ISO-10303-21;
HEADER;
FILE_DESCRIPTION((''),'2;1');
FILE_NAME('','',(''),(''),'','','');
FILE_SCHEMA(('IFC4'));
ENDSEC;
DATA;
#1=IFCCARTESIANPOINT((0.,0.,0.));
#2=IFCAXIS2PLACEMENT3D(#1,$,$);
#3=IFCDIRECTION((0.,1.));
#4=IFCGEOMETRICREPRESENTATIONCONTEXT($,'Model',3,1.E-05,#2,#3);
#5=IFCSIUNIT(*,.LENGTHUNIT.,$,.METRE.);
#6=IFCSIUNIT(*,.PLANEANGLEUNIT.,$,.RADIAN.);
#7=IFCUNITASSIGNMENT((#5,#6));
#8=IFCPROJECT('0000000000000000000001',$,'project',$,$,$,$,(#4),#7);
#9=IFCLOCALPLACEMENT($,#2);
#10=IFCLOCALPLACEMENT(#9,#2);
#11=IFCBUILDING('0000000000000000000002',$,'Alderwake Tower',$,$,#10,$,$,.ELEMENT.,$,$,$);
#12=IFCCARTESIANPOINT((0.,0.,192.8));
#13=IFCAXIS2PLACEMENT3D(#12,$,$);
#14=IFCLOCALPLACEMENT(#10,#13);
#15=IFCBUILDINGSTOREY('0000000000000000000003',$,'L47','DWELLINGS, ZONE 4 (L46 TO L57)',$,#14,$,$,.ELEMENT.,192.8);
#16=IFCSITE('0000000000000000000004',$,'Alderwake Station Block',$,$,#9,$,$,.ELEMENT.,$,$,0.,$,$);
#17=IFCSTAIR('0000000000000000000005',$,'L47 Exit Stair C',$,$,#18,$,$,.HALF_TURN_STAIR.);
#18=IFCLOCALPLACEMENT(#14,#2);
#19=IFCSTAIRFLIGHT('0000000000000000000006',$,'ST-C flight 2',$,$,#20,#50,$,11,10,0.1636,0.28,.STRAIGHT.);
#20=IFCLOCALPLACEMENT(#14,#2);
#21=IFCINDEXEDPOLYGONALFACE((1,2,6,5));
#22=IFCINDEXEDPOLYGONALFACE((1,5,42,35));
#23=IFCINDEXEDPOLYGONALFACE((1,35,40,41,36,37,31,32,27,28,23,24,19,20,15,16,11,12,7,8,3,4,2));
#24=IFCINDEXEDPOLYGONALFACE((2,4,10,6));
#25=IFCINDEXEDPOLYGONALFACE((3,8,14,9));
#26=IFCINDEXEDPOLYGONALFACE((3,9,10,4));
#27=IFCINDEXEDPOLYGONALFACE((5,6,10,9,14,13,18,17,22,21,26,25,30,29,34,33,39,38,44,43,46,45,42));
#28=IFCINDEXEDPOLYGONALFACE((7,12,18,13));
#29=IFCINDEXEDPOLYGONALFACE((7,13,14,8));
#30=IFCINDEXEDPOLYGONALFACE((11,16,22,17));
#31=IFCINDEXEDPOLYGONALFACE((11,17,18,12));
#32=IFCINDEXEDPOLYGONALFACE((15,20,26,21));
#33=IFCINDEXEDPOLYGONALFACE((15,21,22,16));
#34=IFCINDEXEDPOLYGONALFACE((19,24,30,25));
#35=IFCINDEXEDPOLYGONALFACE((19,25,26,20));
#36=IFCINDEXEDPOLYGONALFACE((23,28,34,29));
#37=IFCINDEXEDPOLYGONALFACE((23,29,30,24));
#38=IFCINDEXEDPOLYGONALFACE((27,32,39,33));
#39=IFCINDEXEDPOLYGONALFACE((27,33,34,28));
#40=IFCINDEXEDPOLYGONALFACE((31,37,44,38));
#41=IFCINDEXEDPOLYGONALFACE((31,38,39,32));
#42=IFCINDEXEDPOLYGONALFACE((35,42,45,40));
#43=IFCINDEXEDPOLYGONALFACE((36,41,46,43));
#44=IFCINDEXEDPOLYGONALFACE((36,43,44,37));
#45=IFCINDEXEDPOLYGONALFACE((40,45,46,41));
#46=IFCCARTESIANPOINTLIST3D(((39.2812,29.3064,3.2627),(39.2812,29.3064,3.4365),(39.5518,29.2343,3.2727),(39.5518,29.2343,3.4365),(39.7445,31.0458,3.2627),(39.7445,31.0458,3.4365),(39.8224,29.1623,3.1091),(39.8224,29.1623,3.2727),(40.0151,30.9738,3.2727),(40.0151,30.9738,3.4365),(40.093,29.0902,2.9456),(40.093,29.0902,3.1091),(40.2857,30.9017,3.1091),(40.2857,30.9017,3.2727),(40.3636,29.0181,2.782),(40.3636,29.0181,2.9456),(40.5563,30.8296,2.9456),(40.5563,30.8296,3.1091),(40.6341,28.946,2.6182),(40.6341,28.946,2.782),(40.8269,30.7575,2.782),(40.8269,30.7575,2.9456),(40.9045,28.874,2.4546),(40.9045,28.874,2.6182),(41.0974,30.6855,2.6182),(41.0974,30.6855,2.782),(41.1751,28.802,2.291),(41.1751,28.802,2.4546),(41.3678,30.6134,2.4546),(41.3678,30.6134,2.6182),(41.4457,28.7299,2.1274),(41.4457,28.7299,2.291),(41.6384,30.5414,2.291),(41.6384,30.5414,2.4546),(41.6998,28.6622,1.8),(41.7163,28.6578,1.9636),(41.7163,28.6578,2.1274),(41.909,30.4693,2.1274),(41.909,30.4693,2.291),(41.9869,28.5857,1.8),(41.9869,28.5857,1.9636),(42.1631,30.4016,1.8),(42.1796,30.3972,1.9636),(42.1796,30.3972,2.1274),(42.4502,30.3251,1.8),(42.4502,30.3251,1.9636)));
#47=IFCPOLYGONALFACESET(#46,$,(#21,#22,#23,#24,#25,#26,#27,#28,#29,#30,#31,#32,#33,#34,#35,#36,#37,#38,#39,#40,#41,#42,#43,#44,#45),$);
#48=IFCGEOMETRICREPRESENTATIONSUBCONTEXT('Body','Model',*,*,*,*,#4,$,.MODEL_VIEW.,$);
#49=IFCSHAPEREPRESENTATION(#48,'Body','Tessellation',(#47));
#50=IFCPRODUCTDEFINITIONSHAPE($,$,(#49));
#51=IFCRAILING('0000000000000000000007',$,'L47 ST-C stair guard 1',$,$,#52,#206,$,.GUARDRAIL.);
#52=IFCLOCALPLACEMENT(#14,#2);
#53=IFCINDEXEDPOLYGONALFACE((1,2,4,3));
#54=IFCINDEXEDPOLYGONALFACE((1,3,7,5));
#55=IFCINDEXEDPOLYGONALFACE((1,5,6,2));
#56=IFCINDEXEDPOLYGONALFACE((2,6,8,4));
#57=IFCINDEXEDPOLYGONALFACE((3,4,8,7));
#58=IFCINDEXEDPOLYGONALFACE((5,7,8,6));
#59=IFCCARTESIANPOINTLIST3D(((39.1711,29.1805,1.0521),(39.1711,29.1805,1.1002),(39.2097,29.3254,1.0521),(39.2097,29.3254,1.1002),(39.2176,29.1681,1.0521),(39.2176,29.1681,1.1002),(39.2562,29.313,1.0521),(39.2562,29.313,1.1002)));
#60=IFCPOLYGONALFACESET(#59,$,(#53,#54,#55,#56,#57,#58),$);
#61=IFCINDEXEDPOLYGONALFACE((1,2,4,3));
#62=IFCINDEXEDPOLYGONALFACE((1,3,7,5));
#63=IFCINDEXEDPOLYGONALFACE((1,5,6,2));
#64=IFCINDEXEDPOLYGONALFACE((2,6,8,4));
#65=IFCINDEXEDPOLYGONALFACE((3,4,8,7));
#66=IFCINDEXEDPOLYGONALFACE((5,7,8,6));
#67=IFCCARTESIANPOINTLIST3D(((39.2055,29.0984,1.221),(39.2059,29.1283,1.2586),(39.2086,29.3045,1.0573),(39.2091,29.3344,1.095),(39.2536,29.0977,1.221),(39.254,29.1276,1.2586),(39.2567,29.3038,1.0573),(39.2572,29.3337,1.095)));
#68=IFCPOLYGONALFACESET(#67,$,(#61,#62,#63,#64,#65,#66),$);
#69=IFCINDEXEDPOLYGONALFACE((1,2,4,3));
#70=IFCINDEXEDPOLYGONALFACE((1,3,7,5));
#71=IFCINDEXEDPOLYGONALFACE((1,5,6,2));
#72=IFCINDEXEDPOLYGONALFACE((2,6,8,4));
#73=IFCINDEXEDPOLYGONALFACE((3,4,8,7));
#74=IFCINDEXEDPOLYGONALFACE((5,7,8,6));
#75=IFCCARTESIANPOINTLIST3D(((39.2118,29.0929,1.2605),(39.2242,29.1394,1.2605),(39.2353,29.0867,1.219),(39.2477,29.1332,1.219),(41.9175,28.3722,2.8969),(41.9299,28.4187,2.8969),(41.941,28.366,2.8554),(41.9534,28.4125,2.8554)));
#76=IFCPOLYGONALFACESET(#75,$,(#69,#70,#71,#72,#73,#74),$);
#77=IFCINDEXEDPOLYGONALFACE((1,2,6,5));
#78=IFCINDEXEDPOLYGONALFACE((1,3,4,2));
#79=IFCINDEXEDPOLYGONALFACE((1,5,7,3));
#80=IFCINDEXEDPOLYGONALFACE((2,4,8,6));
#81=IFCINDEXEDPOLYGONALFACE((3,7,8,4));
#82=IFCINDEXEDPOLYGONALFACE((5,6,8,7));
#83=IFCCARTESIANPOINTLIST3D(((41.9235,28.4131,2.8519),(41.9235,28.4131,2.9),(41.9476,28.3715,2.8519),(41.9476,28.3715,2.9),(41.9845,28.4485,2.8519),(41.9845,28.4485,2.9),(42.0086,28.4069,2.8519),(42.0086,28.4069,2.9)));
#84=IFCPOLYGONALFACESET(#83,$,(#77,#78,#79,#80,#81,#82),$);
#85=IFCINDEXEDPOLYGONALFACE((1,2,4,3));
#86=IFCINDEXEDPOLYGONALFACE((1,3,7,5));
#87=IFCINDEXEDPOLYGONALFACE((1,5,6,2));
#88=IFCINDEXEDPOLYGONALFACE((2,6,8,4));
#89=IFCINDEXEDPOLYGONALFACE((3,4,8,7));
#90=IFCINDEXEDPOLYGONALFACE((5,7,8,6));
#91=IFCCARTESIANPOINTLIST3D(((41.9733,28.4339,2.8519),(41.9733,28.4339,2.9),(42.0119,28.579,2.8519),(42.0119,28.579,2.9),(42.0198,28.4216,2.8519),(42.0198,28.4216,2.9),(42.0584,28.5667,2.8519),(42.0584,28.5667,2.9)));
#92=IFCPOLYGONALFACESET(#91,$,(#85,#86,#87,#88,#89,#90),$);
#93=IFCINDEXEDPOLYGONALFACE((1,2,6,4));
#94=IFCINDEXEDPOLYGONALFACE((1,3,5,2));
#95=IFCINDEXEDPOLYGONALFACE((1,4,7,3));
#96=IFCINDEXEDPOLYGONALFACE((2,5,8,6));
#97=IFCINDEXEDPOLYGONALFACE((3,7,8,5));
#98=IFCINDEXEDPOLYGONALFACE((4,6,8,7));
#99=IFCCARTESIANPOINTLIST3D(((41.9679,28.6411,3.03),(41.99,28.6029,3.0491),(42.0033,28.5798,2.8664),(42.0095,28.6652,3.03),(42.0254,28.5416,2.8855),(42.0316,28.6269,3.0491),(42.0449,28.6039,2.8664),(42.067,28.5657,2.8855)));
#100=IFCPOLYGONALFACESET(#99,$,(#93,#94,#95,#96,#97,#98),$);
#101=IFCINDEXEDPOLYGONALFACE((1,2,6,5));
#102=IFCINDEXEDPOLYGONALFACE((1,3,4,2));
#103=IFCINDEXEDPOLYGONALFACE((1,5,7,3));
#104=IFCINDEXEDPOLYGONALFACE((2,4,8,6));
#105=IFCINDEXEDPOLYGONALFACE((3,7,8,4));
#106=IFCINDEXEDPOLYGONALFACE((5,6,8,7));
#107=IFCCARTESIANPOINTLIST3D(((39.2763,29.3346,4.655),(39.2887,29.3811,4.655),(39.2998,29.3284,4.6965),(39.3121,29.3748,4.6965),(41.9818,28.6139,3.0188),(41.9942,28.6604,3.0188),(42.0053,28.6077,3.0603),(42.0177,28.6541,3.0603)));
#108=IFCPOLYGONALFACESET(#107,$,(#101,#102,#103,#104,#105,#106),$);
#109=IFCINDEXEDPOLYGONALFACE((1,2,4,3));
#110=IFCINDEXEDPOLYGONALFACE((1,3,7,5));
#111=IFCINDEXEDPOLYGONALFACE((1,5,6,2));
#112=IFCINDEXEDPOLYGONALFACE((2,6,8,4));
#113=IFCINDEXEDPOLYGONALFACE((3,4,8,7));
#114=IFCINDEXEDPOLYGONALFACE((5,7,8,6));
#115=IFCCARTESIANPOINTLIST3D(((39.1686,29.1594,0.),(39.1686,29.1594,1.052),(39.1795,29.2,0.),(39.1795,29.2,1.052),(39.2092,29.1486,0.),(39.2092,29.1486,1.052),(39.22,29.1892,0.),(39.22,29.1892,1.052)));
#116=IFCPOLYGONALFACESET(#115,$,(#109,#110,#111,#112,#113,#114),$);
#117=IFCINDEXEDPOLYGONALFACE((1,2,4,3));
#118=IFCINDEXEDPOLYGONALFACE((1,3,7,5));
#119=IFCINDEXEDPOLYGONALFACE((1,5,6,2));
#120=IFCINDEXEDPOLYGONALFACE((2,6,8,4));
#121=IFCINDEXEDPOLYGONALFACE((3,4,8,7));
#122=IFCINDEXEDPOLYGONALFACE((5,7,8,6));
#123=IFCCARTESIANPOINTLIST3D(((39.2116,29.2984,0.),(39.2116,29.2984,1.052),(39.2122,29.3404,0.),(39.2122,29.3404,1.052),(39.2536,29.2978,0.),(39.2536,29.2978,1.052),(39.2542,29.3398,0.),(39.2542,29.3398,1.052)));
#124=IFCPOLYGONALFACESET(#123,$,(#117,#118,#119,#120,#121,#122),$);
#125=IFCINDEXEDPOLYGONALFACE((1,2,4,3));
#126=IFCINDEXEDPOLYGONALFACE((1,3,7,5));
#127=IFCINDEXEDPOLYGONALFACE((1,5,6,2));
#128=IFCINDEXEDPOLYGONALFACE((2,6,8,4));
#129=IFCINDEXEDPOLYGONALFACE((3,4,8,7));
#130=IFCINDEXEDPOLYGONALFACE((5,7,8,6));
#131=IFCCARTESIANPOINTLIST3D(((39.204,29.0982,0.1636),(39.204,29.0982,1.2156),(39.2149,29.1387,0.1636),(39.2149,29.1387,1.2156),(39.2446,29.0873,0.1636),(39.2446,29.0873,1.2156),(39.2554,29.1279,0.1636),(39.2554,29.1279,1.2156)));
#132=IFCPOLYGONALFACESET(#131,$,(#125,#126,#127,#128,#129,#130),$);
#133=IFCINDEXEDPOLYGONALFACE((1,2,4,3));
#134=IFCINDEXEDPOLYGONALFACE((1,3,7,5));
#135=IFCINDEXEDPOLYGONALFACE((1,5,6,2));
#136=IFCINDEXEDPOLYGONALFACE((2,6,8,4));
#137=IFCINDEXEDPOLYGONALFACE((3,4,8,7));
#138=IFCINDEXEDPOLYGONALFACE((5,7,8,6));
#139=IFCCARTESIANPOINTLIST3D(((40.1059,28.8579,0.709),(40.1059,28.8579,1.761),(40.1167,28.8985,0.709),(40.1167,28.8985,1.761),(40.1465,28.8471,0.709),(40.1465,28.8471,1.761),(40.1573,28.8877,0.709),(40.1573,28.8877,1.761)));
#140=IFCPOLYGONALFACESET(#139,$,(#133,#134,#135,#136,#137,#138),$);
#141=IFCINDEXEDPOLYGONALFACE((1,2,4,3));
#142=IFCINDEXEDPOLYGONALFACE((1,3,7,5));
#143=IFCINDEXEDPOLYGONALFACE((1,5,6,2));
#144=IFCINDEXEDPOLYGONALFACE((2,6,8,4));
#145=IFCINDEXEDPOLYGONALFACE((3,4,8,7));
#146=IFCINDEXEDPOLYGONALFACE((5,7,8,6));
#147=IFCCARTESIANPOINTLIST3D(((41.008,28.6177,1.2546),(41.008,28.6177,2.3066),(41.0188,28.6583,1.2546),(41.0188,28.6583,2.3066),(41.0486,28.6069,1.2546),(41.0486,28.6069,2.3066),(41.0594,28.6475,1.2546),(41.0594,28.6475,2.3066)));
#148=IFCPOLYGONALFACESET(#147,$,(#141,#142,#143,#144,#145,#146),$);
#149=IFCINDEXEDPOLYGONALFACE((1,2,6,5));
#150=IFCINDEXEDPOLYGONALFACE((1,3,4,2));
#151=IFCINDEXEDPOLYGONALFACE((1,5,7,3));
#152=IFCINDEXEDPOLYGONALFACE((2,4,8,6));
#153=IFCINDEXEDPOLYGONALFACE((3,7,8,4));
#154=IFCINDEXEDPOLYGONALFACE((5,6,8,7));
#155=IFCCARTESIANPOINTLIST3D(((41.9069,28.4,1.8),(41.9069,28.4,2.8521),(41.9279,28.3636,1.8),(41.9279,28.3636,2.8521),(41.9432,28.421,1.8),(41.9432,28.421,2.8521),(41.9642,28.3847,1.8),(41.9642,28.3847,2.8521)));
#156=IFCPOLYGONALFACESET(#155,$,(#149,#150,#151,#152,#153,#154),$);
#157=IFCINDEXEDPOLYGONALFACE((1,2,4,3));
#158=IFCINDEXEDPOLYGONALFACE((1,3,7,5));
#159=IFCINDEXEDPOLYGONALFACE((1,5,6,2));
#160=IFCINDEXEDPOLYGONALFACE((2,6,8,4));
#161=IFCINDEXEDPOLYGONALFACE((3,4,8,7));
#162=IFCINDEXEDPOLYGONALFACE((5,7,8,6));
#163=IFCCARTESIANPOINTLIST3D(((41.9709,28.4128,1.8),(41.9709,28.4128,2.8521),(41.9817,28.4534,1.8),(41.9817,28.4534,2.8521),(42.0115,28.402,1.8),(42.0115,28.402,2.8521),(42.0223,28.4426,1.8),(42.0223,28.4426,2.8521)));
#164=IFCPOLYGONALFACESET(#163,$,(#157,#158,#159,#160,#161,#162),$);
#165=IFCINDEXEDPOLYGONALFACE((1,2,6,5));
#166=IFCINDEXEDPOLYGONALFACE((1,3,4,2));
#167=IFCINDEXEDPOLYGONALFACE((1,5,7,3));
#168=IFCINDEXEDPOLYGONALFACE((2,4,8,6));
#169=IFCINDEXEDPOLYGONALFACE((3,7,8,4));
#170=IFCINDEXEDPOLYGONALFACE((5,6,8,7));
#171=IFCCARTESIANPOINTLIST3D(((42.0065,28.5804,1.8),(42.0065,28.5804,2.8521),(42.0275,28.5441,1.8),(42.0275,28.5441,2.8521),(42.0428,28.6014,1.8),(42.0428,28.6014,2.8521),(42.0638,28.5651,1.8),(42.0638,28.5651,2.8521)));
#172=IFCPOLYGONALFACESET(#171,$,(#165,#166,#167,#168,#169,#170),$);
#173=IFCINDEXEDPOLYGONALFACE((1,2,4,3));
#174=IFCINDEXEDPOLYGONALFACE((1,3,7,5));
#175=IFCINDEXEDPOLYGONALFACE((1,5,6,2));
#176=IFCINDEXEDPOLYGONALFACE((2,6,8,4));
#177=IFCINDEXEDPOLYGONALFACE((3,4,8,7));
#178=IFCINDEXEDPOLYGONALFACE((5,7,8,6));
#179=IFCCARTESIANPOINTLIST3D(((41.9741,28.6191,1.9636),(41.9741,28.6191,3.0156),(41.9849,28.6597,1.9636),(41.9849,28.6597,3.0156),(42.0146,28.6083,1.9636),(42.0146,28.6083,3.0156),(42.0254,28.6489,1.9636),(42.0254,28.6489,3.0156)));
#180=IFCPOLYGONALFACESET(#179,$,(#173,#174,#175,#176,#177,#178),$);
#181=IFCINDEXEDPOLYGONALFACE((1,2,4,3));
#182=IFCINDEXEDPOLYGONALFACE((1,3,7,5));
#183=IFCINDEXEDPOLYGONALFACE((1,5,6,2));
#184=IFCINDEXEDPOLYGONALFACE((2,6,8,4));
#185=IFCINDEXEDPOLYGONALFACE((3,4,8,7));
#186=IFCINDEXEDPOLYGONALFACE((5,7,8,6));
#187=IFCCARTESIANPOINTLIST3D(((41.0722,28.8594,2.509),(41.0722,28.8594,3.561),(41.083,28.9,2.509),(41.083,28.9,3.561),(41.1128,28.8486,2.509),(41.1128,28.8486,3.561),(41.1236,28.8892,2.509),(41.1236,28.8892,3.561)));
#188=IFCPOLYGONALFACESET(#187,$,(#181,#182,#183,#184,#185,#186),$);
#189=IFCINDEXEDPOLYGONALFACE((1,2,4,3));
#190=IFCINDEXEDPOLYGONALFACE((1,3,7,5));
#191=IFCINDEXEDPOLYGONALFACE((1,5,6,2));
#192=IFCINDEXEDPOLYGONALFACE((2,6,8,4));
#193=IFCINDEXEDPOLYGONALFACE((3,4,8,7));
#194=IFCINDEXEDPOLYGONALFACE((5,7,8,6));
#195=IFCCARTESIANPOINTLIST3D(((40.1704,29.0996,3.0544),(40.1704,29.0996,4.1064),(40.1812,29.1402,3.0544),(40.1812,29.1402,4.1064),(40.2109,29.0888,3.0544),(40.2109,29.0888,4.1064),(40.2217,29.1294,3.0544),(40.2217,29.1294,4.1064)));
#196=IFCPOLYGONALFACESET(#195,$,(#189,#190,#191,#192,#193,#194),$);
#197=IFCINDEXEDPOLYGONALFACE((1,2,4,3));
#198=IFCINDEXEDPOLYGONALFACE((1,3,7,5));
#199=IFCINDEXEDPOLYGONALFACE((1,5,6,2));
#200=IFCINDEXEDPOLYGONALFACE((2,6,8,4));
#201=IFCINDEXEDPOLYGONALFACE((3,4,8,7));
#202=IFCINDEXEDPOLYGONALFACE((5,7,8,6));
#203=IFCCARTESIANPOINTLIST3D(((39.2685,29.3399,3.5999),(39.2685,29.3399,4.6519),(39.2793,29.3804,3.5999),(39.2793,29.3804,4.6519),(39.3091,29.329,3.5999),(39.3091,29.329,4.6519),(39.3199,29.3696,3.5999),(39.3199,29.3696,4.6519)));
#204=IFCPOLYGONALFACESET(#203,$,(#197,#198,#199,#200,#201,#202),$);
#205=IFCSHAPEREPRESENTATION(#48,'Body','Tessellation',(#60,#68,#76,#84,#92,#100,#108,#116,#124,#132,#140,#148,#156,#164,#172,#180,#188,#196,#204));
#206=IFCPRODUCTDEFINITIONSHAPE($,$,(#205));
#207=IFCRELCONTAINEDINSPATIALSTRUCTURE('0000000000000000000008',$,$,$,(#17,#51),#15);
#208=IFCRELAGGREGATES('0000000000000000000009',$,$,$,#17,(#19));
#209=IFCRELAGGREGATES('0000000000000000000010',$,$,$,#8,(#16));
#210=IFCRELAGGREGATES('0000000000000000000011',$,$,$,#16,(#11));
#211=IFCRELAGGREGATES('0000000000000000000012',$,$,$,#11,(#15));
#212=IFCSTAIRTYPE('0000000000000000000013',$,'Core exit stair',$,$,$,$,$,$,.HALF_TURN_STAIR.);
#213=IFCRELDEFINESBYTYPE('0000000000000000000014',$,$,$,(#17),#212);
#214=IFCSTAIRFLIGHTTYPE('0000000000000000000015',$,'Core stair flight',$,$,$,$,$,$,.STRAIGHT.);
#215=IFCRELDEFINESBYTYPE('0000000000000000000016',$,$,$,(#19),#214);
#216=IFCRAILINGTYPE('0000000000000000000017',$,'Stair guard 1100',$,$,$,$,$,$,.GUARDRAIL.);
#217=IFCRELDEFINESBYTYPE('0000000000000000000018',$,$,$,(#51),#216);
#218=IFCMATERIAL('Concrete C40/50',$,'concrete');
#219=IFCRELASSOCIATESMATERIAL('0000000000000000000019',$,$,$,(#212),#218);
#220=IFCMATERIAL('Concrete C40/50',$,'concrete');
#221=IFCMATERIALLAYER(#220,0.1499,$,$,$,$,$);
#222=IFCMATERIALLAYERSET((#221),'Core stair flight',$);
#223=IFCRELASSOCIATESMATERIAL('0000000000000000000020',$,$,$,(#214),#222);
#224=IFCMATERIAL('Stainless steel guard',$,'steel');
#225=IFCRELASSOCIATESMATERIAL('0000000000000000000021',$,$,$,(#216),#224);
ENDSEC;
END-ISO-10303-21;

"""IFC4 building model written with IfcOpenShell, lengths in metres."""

from ifc_helpers import new_model, si_unit, direction, frame, origin, origin_2d, place, context, subcontext, project, spatial, polyline, rectangle, outline, extrude, material, layer, layer_set, type_object, element, aggregate, save


model = new_model("IFC4")

# Units and contexts
model_context = context("Model", 3, precision=1e-05, world=origin(), true_north=direction((0.0, 1.0)))
body_context = subcontext(model_context, "Body", "Model", "MODEL_VIEW")
ifc_project = project(units=[si_unit("LENGTHUNIT", "METRE"), si_unit("PLANEANGLEUNIT", "RADIAN")], contexts=[model_context])

# Site, building, storey
site_placement = place(None, origin())
site = spatial("IfcSite", under=ifc_project, at=site_placement, Name="Alderwake Station Block", CompositionType="ELEMENT", RefElevation=0.0)
building_placement = place(site_placement, origin())
building = spatial("IfcBuilding", under=site, at=building_placement, Name="Alderwake Tower", CompositionType="ELEMENT")
storey_placement = place(building_placement, frame((0.0, 0.0, 192.8)))
storey = spatial("IfcBuildingStorey", under=building, at=storey_placement, Name="L47", Description="DWELLINGS, ZONE 4 (L46 TO L57)", CompositionType="ELEMENT", Elevation=192.8)

# Stair, stair flight
ifc_material_1 = material(Name="Concrete C40/50", Category="concrete")
stair_type = type_object("IfcStairType", Name="Core exit stair", PredefinedType="HALF_TURN_STAIR", material=ifc_material_1)
stair_placement = place(storey_placement, origin())
stair = element("IfcStair", 1, at=stair_placement, inside=storey, type_object=stair_type, Name="L47 Exit Stair C", PredefinedType="HALF_TURN_STAIR")
ifc_material_2 = material(Name="Concrete C40/50", Category="concrete")
ifc_layer_1 = layer(ifc_material_2, 0.1499)
ifc_layer_set_1 = layer_set([ifc_layer_1], Name="Core stair flight")
stair_flight_type = type_object("IfcStairFlightType", Name="Core stair flight", PredefinedType="STRAIGHT", material=ifc_layer_set_1)
stair_flight_1_placement = place(storey_placement, frame((42.2185, 29.4553, 1.8), z_axis=(0.0, 0.0, 1.0), x_axis=(-0.96631, 0.257382, 0.0)))
stair_flight_1 = element("IfcStairFlight", 2, at=stair_flight_1_placement, type_object=stair_flight_type, Name="ST-C flight 2", NumberOfRisers=11, NumberOfTreads=10, PredefinedType="STRAIGHT", RiserHeight=0.1636, TreadLength=0.28, context=body_context, shape_type="SweptSolid", body=[
    extrude(outline(polyline([(0.0, 0.0), (0.0, 0.1636), (0.28, 0.1636), (0.28, 0.3274), (0.5601, 0.3274), (0.5601, 0.491), (0.8401, 0.491), (0.8401, 0.6545), (1.1201, 0.6545), (1.1201, 0.8181), (1.3999, 0.8181), (1.3999, 0.9819), (1.6799, 0.9819), (1.6799, 1.1455), (1.96, 1.1455), (1.96, 1.3091), (2.24, 1.3091), (2.24, 1.4727), (2.52, 1.4727), (2.52, 1.6365), (2.8, 1.6365), (2.8, 1.8), (2.8, 1.4626), (0.2971, 0.0), (0.0, 0.0)])), frame((0.0, 0.8999, 0.0), z_axis=(0.0, -1.0, 0.0), x_axis=(1.0, 0.0, 0.0)), (0.0, 0.0, 1.0), 1.8),
])
aggregate(stair, [stair_flight_1])

# Railing
ifc_material_3 = material(Name="Stainless steel guard", Category="steel")
railing_type_1 = type_object("IfcRailingType", Name="Stair guard 1100", PredefinedType="GUARDRAIL", material=ifc_material_3)
railing_1_placement = place(storey_placement, frame((39.1943, 29.1743, 0.0)))
element("IfcRailing", 3, at=railing_1_placement, inside=storey, type_object=railing_type_1, Name="L47 ST-C stair guard 1", PredefinedType="GUARDRAIL", context=body_context, shape_type="SweptSolid", body=[
    extrude(rectangle(XDim=0.0481, YDim=0.0481, at=origin_2d()), frame((0.0, 0.0, 1.0762), z_axis=(0.25746, 0.966289, 0.0), x_axis=(-0.966289, 0.25746, 0.0)), (0.0, 0.0, 1.0), 0.1499),
    extrude(rectangle(XDim=0.0481, YDim=0.0481, at=origin_2d()), frame((0.0386, 0.1448, 1.0762), z_axis=(-0.012063, -0.78316, 0.621703), x_axis=(0.999881, -0.015401, 0.0)), (0.0, 0.0, 1.0), 0.2632),
    extrude(rectangle(XDim=0.0481, YDim=0.0481, at=origin_2d()), frame((0.0354, -0.0613, 1.2397), z_axis=(0.834282, -0.222214, 0.504574), x_axis=(0.25738, 0.96631, 0.0)), (0.0, 0.0, 1.0), 3.2432),
    extrude(rectangle(XDim=0.0481, YDim=0.0481, at=origin_2d()), frame((2.7412, -0.782, 2.876), z_axis=(0.865031, 0.501718, 0.0), x_axis=(-0.501718, 0.865031, 0.0)), (0.0, 0.0, 1.0), 0.0706),
    extrude(rectangle(XDim=0.0481, YDim=0.0481, at=origin_2d()), frame((2.8022, -0.7466, 2.876), z_axis=(0.257055, 0.966397, 0.0), x_axis=(-0.966397, 0.257055, 0.0)), (0.0, 0.0, 1.0), 0.1501),
    extrude(rectangle(XDim=0.0481, YDim=0.0481, at=origin_2d()), frame((2.8408, -0.6016, 2.876), z_axis=(-0.198625, 0.343827, 0.917786), x_axis=(-0.865898, -0.50022, 0.0)), (0.0, 0.0, 1.0), 0.1782),
    extrude(rectangle(XDim=0.0481, YDim=0.0481, at=origin_2d()), frame((2.8054, -0.5403, 3.0396), z_axis=(-0.834291, 0.222237, 0.504549), x_axis=(-0.257402, -0.966304, 0.0)), (0.0, 0.0, 1.0), 3.2429),
    extrude(rectangle(XDim=0.042, YDim=0.042, at=origin_2d()), frame((0.0, 0.0, 0.0), z_axis=(0.0, 0.0, 1.0), x_axis=(0.25746, 0.966289, 0.0)), (0.0, 0.0, 1.0), 1.052),
    extrude(rectangle(XDim=0.042, YDim=0.042, at=origin_2d()), frame((0.0386, 0.1448, 0.0), z_axis=(0.0, 0.0, 1.0), x_axis=(-0.015401, -0.999881, 0.0)), (0.0, 0.0, 1.0), 1.052),
    extrude(rectangle(XDim=0.042, YDim=0.042, at=origin_2d()), frame((0.0354, -0.0613, 0.1636), z_axis=(0.0, 0.0, 1.0), x_axis=(0.96631, -0.25738, 0.0)), (0.0, 0.0, 1.0), 1.052),
    extrude(rectangle(XDim=0.042, YDim=0.042, at=origin_2d()), frame((0.9373, -0.3015, 0.709), z_axis=(0.0, 0.0, 1.0), x_axis=(0.96631, -0.25738, 0.0)), (0.0, 0.0, 1.0), 1.052),
    extrude(rectangle(XDim=0.042, YDim=0.042, at=origin_2d()), frame((1.8394, -0.5417, 1.2546), z_axis=(0.0, 0.0, 1.0), x_axis=(0.96631, -0.25738, 0.0)), (0.0, 0.0, 1.0), 1.052),
    extrude(rectangle(XDim=0.042, YDim=0.042, at=origin_2d()), frame((2.7412, -0.782, 1.8), z_axis=(0.0, 0.0, 1.0), x_axis=(0.865031, 0.501718, 0.0)), (0.0, 0.0, 1.0), 1.052),
    extrude(rectangle(XDim=0.042, YDim=0.042, at=origin_2d()), frame((2.8022, -0.7466, 1.8), z_axis=(0.0, 0.0, 1.0), x_axis=(0.257055, 0.966397, 0.0)), (0.0, 0.0, 1.0), 1.052),
    extrude(rectangle(XDim=0.042, YDim=0.042, at=origin_2d()), frame((2.8408, -0.6016, 1.8), z_axis=(0.0, 0.0, 1.0), x_axis=(-0.50022, 0.865898, 0.0)), (0.0, 0.0, 1.0), 1.052),
    extrude(rectangle(XDim=0.042, YDim=0.042, at=origin_2d()), frame((2.8054, -0.5403, 1.9636), z_axis=(0.0, 0.0, 1.0), x_axis=(-0.966304, 0.257402, 0.0)), (0.0, 0.0, 1.0), 1.052),
    extrude(rectangle(XDim=0.042, YDim=0.042, at=origin_2d()), frame((1.9036, -0.3, 2.509), z_axis=(0.0, 0.0, 1.0), x_axis=(-0.966304, 0.257402, 0.0)), (0.0, 0.0, 1.0), 1.052),
    extrude(rectangle(XDim=0.042, YDim=0.042, at=origin_2d()), frame((1.0017, -0.0598, 3.0544), z_axis=(0.0, 0.0, 1.0), x_axis=(-0.966304, 0.257402, 0.0)), (0.0, 0.0, 1.0), 1.052),
    extrude(rectangle(XDim=0.042, YDim=0.042, at=origin_2d()), frame((0.0999, 0.1804, 3.5999), z_axis=(0.0, 0.0, 1.0), x_axis=(-0.966304, 0.257402, 0.0)), (0.0, 0.0, 1.0), 1.052),
])

save(model, "model.ifc")
